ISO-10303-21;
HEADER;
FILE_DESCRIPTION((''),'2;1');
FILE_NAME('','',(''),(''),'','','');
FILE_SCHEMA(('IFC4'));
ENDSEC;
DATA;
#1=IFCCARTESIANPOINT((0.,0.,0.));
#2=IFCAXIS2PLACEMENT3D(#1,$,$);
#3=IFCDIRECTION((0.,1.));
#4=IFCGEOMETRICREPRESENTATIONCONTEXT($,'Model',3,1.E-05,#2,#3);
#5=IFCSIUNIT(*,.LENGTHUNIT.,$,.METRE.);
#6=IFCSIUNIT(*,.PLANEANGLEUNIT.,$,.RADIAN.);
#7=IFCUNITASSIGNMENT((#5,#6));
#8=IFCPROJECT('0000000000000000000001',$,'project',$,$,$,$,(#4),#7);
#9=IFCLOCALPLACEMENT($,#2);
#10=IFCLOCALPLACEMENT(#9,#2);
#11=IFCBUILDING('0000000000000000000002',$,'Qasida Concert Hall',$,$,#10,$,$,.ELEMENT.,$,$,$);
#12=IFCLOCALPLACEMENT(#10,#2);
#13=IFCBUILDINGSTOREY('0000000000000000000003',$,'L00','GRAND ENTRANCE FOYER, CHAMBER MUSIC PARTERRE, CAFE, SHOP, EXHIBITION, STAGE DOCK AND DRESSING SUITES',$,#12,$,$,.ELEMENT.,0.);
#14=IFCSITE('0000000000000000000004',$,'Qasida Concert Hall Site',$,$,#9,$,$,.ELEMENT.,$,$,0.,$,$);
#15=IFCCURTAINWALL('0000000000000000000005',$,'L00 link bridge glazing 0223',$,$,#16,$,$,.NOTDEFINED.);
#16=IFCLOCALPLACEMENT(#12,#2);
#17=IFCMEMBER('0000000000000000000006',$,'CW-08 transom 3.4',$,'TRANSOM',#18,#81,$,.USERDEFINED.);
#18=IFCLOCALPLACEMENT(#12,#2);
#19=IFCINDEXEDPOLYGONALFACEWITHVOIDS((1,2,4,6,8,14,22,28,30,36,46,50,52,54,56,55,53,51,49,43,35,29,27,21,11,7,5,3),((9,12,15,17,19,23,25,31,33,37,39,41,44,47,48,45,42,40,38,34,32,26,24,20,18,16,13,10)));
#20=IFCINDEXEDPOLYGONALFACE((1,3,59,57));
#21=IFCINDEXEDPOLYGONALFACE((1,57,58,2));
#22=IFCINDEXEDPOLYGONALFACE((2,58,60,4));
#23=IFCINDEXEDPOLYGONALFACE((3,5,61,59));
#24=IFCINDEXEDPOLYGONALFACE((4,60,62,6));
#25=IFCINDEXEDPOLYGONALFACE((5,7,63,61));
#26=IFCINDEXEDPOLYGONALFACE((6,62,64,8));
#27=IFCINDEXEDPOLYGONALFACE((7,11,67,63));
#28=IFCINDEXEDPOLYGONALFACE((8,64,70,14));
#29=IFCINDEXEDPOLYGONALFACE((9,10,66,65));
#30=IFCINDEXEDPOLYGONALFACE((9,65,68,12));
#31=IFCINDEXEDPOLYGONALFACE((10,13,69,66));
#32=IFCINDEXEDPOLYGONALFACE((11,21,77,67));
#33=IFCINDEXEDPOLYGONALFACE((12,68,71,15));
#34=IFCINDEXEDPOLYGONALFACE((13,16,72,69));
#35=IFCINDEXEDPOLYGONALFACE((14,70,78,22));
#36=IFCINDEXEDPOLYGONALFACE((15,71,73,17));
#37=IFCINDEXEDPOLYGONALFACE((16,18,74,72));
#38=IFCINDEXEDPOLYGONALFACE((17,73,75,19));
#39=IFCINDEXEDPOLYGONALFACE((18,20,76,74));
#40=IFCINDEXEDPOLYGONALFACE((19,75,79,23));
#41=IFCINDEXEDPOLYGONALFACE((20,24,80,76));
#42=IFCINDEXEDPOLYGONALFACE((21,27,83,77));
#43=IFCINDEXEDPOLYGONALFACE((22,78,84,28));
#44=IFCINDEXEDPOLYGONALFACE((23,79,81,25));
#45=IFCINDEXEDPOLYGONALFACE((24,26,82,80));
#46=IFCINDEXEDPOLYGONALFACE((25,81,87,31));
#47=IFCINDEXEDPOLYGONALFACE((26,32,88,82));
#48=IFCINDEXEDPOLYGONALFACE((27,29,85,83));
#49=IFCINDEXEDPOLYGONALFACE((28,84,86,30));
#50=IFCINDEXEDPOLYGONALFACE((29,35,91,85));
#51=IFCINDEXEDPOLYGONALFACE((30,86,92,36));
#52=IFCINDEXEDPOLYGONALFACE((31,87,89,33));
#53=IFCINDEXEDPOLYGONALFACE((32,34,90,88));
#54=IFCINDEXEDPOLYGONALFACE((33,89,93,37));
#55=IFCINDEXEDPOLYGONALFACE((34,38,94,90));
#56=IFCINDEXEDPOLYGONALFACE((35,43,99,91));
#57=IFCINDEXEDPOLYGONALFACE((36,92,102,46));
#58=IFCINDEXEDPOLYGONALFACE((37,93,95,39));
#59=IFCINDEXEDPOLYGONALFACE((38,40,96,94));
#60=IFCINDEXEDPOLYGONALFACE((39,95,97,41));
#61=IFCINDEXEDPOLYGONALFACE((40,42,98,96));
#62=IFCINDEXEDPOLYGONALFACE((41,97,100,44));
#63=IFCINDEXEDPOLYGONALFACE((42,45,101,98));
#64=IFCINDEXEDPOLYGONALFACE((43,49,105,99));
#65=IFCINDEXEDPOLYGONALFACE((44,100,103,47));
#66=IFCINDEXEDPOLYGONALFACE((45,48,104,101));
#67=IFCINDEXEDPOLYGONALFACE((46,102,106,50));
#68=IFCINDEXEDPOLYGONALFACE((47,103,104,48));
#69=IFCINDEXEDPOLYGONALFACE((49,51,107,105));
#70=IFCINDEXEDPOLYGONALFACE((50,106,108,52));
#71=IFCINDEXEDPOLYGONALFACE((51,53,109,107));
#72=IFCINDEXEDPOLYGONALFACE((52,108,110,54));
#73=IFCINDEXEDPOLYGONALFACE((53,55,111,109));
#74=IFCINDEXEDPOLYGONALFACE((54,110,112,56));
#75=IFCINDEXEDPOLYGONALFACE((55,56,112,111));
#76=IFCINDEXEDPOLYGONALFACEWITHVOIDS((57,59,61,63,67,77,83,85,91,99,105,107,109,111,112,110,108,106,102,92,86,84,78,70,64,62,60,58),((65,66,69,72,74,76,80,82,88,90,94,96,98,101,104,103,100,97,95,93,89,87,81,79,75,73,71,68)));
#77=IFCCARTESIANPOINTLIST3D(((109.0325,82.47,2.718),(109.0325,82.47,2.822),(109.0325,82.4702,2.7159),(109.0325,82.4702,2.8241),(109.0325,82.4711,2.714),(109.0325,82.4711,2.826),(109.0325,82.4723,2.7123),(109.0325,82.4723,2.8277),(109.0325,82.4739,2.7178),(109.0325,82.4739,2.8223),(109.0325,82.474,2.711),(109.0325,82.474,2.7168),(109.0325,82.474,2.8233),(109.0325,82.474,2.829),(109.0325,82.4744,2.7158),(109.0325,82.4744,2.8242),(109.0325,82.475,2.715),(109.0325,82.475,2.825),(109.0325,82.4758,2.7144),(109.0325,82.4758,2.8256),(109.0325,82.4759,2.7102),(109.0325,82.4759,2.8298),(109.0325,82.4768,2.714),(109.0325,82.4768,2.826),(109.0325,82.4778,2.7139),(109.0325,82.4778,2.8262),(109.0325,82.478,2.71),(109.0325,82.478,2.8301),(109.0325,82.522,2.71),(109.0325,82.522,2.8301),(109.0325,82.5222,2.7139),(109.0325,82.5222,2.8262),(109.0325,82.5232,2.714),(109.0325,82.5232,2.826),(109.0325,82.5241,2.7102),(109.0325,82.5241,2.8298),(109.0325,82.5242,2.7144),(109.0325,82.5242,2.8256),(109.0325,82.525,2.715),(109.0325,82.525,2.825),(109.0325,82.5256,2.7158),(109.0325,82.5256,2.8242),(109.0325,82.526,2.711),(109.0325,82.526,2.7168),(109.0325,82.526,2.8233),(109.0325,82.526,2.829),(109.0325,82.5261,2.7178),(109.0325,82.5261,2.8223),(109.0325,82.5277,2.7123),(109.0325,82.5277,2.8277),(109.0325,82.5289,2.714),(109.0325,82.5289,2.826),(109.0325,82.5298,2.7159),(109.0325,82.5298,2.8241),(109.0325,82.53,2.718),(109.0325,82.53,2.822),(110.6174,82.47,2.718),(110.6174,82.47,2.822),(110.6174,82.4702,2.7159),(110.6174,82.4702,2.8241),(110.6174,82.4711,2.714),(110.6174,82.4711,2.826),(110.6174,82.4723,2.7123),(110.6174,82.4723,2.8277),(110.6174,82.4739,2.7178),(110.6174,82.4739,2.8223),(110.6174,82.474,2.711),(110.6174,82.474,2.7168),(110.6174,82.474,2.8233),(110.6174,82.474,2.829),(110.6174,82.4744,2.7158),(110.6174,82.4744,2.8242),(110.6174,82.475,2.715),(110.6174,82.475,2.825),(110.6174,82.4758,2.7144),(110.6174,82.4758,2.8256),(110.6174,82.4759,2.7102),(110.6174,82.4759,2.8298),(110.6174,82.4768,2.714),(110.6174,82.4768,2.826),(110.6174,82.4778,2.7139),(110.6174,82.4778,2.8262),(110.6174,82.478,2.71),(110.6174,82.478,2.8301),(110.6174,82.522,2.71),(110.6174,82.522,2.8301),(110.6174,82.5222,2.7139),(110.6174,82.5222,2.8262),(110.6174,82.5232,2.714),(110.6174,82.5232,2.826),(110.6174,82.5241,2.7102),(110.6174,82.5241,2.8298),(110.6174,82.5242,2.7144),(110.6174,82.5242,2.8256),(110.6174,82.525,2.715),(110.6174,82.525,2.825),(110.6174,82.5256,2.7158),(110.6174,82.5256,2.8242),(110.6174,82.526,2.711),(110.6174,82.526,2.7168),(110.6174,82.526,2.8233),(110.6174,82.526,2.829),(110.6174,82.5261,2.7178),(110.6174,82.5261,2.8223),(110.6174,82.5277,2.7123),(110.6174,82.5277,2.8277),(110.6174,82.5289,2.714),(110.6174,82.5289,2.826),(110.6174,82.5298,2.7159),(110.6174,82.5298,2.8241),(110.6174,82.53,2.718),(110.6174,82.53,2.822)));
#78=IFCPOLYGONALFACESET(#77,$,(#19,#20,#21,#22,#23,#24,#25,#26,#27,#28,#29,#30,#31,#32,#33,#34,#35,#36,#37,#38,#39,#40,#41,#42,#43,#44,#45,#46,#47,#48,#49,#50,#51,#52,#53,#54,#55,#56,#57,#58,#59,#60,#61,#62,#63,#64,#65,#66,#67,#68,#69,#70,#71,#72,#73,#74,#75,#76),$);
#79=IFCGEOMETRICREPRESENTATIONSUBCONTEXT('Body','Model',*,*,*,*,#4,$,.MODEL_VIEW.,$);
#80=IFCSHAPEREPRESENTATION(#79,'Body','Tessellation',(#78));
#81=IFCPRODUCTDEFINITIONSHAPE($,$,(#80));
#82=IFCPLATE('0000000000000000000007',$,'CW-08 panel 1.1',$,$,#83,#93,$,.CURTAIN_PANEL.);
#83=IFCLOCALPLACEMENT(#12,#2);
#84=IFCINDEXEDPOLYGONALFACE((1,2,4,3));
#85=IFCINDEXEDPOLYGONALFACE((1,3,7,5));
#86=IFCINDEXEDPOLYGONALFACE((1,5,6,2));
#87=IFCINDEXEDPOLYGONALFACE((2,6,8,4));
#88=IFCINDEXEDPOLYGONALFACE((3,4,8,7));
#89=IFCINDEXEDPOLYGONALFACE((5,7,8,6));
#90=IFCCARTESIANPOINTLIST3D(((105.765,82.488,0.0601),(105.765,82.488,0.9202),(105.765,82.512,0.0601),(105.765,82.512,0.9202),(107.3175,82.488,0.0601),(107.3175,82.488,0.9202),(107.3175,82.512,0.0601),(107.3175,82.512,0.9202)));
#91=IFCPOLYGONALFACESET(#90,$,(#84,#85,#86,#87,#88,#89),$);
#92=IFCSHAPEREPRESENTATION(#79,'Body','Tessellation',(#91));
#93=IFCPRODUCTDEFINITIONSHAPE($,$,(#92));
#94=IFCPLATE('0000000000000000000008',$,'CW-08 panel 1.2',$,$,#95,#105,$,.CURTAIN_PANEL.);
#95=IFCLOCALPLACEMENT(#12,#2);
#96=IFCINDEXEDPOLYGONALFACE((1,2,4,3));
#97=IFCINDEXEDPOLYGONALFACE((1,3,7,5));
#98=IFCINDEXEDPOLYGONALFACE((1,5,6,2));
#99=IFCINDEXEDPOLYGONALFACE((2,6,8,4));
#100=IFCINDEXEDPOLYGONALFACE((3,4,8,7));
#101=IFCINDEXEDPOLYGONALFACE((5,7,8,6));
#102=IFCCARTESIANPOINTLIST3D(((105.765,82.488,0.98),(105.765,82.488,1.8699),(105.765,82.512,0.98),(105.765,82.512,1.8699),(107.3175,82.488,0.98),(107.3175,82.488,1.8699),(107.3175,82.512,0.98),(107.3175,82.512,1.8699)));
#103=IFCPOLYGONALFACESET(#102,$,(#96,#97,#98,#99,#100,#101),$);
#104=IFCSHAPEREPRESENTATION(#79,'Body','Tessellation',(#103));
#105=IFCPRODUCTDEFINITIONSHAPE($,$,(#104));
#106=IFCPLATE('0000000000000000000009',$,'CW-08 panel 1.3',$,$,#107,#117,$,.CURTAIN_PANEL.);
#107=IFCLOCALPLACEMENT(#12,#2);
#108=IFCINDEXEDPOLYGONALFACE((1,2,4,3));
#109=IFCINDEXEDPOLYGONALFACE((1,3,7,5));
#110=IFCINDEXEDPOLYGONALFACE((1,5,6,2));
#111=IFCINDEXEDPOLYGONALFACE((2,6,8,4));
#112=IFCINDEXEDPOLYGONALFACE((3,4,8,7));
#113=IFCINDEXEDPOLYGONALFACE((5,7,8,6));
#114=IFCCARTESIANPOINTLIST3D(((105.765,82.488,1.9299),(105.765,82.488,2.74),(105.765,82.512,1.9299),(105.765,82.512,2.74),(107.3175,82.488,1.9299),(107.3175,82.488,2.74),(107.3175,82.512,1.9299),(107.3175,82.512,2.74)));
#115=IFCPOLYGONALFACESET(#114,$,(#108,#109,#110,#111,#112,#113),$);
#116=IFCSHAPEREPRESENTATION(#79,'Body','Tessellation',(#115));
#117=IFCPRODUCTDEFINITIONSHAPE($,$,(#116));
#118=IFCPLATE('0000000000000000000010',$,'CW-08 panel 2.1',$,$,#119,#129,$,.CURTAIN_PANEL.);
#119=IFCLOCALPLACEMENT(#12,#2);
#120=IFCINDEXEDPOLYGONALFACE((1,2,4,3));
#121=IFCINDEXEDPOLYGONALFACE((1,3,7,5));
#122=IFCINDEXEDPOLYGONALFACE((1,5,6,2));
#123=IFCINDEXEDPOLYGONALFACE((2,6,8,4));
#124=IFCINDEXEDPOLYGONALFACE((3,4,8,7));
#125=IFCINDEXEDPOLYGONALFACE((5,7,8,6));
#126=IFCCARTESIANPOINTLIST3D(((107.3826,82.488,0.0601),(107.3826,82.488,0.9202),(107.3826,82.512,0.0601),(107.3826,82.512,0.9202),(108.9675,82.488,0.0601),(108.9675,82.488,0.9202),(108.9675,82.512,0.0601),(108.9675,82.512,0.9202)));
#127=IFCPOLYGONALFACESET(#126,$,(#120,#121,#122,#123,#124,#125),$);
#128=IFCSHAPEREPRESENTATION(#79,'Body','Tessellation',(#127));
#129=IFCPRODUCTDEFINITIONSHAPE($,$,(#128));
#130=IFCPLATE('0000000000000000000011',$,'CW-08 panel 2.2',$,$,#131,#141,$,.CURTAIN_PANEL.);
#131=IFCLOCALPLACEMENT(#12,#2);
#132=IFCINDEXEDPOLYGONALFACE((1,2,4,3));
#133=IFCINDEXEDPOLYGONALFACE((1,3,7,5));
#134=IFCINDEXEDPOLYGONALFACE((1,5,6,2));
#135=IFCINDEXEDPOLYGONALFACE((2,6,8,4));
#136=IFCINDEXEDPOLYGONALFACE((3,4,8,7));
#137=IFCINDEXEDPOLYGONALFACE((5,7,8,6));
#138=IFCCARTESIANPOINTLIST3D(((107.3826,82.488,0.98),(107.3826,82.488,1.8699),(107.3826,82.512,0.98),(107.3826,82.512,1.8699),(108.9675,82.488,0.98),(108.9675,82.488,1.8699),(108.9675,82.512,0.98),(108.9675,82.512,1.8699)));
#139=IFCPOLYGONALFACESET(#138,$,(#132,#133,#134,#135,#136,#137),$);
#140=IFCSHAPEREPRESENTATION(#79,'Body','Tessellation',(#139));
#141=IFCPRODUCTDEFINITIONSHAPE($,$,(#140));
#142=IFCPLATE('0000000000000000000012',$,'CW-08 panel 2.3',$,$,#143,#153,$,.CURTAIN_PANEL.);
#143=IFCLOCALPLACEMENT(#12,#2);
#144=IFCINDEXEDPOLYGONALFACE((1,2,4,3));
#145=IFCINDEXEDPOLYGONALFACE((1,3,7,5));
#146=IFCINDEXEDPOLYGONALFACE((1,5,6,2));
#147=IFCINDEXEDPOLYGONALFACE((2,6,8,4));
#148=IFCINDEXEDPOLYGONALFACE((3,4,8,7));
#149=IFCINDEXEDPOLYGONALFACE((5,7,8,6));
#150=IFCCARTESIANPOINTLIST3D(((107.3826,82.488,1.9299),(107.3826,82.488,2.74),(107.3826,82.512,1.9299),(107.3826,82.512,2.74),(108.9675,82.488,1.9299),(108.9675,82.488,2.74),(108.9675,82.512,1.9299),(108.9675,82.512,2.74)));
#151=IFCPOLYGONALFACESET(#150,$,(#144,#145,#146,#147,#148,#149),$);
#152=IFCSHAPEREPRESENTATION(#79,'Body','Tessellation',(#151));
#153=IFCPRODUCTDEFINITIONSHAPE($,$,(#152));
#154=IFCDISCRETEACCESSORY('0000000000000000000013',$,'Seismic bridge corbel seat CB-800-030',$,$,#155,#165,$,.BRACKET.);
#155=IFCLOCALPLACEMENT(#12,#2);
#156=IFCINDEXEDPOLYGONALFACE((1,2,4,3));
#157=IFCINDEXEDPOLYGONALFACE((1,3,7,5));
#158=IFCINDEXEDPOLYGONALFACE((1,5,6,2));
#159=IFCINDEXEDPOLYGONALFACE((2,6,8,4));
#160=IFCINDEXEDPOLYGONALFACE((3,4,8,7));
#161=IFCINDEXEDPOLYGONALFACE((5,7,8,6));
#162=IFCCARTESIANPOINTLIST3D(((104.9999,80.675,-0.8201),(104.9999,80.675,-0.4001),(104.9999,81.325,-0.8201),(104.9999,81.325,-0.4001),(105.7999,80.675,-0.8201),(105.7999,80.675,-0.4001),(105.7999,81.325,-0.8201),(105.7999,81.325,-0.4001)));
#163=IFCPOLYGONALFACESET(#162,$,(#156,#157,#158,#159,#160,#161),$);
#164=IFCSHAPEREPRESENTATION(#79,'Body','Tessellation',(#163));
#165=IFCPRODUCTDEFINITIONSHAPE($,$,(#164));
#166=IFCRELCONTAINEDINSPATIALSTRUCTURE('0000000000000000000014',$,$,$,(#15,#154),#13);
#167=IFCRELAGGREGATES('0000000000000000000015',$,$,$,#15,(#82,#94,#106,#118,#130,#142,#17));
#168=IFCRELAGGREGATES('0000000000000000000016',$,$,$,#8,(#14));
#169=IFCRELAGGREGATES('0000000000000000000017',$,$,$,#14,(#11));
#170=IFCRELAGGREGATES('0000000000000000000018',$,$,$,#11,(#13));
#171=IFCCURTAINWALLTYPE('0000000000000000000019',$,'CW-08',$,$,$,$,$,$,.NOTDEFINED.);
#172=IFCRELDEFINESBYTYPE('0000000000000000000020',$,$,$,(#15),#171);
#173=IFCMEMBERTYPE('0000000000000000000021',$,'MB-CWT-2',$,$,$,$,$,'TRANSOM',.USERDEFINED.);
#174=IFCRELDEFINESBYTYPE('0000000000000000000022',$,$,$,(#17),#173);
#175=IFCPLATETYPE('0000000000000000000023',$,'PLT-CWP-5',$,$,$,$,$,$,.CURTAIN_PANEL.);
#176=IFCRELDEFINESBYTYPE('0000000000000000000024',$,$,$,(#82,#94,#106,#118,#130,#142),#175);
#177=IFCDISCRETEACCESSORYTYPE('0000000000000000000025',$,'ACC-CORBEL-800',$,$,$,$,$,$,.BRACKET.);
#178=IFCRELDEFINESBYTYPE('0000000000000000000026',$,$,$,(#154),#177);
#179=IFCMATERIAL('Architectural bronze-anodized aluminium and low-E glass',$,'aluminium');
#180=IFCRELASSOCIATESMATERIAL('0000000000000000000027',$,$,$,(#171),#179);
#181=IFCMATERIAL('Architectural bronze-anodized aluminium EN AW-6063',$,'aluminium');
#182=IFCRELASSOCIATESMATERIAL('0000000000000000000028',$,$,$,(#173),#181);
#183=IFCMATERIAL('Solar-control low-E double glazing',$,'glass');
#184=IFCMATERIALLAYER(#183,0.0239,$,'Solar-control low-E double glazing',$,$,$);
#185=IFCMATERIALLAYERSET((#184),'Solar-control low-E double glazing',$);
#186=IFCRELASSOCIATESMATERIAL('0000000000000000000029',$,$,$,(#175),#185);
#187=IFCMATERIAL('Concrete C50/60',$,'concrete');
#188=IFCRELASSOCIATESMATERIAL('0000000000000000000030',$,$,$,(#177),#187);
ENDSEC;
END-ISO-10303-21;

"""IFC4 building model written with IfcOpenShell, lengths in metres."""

from ifc_helpers import new_model, si_unit, direction, frame, origin, origin_2d, place, context, subcontext, project, spatial, rectangle, hollow_rectangle, extrude, material, layer, layer_set, material_profile, profile_set, type_object, element, aggregate, save


model = new_model("IFC4")

# Units and contexts
model_context = context("Model", 3, precision=1e-05, world=origin(), true_north=direction((0.0, 1.0)))
body_context = subcontext(model_context, "Body", "Model", "MODEL_VIEW")
ifc_project = project(units=[si_unit("LENGTHUNIT", "METRE"), si_unit("PLANEANGLEUNIT", "RADIAN")], contexts=[model_context])

# Site, building, storey
site_placement = place(None, origin())
site = spatial("IfcSite", under=ifc_project, at=site_placement, Name="Qasida Concert Hall Site", CompositionType="ELEMENT", RefElevation=0.0)
building_placement = place(site_placement, origin())
building = spatial("IfcBuilding", under=site, at=building_placement, Name="Qasida Concert Hall", CompositionType="ELEMENT")
storey_placement = place(building_placement, origin())
storey = spatial("IfcBuildingStorey", under=building, at=storey_placement, Name="L00", Description="GRAND ENTRANCE FOYER, CHAMBER MUSIC PARTERRE, CAFE, SHOP, EXHIBITION, STAGE DOCK AND DRESSING SUITES", CompositionType="ELEMENT", Elevation=0.0)

# Curtain wall, member, plates
ifc_material_1 = material(Name="Architectural bronze-anodized aluminium and low-E glass", Category="aluminium")
curtain_wall_type = type_object("IfcCurtainWallType", Name="CW-08", PredefinedType="NOTDEFINED", material=ifc_material_1)
curtain_wall_placement = place(storey_placement, origin())
curtain_wall = element("IfcCurtainWall", 1, at=curtain_wall_placement, inside=storey, type_object=curtain_wall_type, Name="L00 link bridge glazing 0223", PredefinedType="NOTDEFINED")
ifc_material_2 = material(Name="Architectural bronze-anodized aluminium EN AW-6063", Category="aluminium")
ifc_material_profile_1 = material_profile(ifc_material_2, hollow_rectangle(XDim=0.0601, YDim=0.1201, WallThickness=0.0039, InnerFilletRadius=0.0039, OuterFilletRadius=0.0081, at=origin_2d()), Name="CWT 120x60x4")
ifc_profile_set_1 = profile_set([ifc_material_profile_1], Name="Architectural bronze-anodized aluminium EN AW-6063")
member_type_1 = type_object("IfcMemberType", Name="MB-CWT-2", ElementType="TRANSOM", PredefinedType="USERDEFINED", material=ifc_profile_set_1)
member_1_placement = place(storey_placement, frame((109.0325, 82.5, 2.77), z_axis=(1.0, 0.0, 0.0), x_axis=(0.0, 1.0, 0.0)))
member_1 = element("IfcMember", 2, at=member_1_placement, type_object=member_type_1, Name="CW-08 transom 3.4", ObjectType="TRANSOM", PredefinedType="USERDEFINED", context=body_context, shape_type="SweptSolid", body=[
    extrude(hollow_rectangle(XDim=0.0601, YDim=0.1201, WallThickness=0.0039, InnerFilletRadius=0.0039, OuterFilletRadius=0.0081, at=origin_2d()), origin(), (0.0, 0.0, 1.0), 1.585),
])
ifc_material_3 = material(Name="Solar-control low-E double glazing", Category="glass")
ifc_layer = layer(ifc_material_3, 0.0239, Name="Solar-control low-E double glazing")
ifc_layer_set = layer_set([ifc_layer], Name="Solar-control low-E double glazing")
plate_type = type_object("IfcPlateType", Name="PLT-CWP-5", PredefinedType="CURTAIN_PANEL", material=ifc_layer_set)
plate_1_placement = place(storey_placement, frame((106.5413, 82.5, 0.0601), z_axis=(0.0, 0.0, 1.0), x_axis=(1.0, 0.0, 0.0)))
plate_1 = element("IfcPlate", 3, at=plate_1_placement, type_object=plate_type, Name="CW-08 panel 1.1", PredefinedType="CURTAIN_PANEL", context=body_context, shape_type="SweptSolid", body=[
    extrude(rectangle(XDim=1.5525, YDim=0.0239, at=origin_2d()), origin(), (0.0, 0.0, 1.0), 0.8601),
])
plate_2_placement = place(storey_placement, frame((106.5413, 82.5, 0.98), z_axis=(0.0, 0.0, 1.0), x_axis=(1.0, 0.0, 0.0)))
plate_2 = element("IfcPlate", 4, at=plate_2_placement, type_object=plate_type, Name="CW-08 panel 1.2", PredefinedType="CURTAIN_PANEL", context=body_context, shape_type="SweptSolid", body=[
    extrude(rectangle(XDim=1.5525, YDim=0.0239, at=origin_2d()), origin(), (0.0, 0.0, 1.0), 0.8899),
])
plate_3_placement = place(storey_placement, frame((106.5413, 82.5, 1.9299), z_axis=(0.0, 0.0, 1.0), x_axis=(1.0, 0.0, 0.0)))
plate_3 = element("IfcPlate", 5, at=plate_3_placement, type_object=plate_type, Name="CW-08 panel 1.3", PredefinedType="CURTAIN_PANEL", context=body_context, shape_type="SweptSolid", body=[
    extrude(rectangle(XDim=1.5525, YDim=0.0239, at=origin_2d()), origin(), (0.0, 0.0, 1.0), 0.8101),
])
plate_4_placement = place(storey_placement, frame((108.175, 82.5, 0.0601), z_axis=(0.0, 0.0, 1.0), x_axis=(1.0, 0.0, 0.0)))
plate_4 = element("IfcPlate", 6, at=plate_4_placement, type_object=plate_type, Name="CW-08 panel 2.1", PredefinedType="CURTAIN_PANEL", context=body_context, shape_type="SweptSolid", body=[
    extrude(rectangle(XDim=1.585, YDim=0.0239, at=origin_2d()), origin(), (0.0, 0.0, 1.0), 0.8601),
])
plate_5_placement = place(storey_placement, frame((108.175, 82.5, 0.98), z_axis=(0.0, 0.0, 1.0), x_axis=(1.0, 0.0, 0.0)))
plate_5 = element("IfcPlate", 7, at=plate_5_placement, type_object=plate_type, Name="CW-08 panel 2.2", PredefinedType="CURTAIN_PANEL", context=body_context, shape_type="SweptSolid", body=[
    extrude(rectangle(XDim=1.585, YDim=0.0239, at=origin_2d()), origin(), (0.0, 0.0, 1.0), 0.8899),
])
plate_6_placement = place(storey_placement, frame((108.175, 82.5, 1.9299), z_axis=(0.0, 0.0, 1.0), x_axis=(1.0, 0.0, 0.0)))
plate_6 = element("IfcPlate", 8, at=plate_6_placement, type_object=plate_type, Name="CW-08 panel 2.3", PredefinedType="CURTAIN_PANEL", context=body_context, shape_type="SweptSolid", body=[
    extrude(rectangle(XDim=1.585, YDim=0.0239, at=origin_2d()), origin(), (0.0, 0.0, 1.0), 0.8101),
])
aggregate(curtain_wall, [plate_1, plate_2, plate_3, plate_4, plate_5, plate_6, member_1])

# Discrete accessory
ifc_material_4 = material(Name="Concrete C50/60", Category="concrete")
discrete_accessory_type = type_object("IfcDiscreteAccessoryType", Name="ACC-CORBEL-800", PredefinedType="BRACKET", material=ifc_material_4)
discrete_accessory_placement = place(storey_placement, frame((105.3999, 81.0, -0.8201), z_axis=(0.0, 0.0, 1.0), x_axis=(1.0, 0.0, 0.0)))
element("IfcDiscreteAccessory", 9, at=discrete_accessory_placement, inside=storey, type_object=discrete_accessory_type, Name="Seismic bridge corbel seat CB-800-030", PredefinedType="BRACKET", context=body_context, shape_type="SweptSolid", body=[
    extrude(rectangle(XDim=0.8, YDim=0.6499, at=origin_2d()), origin(), (0.0, 0.0, 1.0), 0.4199),
])

save(model, "model.ifc")
